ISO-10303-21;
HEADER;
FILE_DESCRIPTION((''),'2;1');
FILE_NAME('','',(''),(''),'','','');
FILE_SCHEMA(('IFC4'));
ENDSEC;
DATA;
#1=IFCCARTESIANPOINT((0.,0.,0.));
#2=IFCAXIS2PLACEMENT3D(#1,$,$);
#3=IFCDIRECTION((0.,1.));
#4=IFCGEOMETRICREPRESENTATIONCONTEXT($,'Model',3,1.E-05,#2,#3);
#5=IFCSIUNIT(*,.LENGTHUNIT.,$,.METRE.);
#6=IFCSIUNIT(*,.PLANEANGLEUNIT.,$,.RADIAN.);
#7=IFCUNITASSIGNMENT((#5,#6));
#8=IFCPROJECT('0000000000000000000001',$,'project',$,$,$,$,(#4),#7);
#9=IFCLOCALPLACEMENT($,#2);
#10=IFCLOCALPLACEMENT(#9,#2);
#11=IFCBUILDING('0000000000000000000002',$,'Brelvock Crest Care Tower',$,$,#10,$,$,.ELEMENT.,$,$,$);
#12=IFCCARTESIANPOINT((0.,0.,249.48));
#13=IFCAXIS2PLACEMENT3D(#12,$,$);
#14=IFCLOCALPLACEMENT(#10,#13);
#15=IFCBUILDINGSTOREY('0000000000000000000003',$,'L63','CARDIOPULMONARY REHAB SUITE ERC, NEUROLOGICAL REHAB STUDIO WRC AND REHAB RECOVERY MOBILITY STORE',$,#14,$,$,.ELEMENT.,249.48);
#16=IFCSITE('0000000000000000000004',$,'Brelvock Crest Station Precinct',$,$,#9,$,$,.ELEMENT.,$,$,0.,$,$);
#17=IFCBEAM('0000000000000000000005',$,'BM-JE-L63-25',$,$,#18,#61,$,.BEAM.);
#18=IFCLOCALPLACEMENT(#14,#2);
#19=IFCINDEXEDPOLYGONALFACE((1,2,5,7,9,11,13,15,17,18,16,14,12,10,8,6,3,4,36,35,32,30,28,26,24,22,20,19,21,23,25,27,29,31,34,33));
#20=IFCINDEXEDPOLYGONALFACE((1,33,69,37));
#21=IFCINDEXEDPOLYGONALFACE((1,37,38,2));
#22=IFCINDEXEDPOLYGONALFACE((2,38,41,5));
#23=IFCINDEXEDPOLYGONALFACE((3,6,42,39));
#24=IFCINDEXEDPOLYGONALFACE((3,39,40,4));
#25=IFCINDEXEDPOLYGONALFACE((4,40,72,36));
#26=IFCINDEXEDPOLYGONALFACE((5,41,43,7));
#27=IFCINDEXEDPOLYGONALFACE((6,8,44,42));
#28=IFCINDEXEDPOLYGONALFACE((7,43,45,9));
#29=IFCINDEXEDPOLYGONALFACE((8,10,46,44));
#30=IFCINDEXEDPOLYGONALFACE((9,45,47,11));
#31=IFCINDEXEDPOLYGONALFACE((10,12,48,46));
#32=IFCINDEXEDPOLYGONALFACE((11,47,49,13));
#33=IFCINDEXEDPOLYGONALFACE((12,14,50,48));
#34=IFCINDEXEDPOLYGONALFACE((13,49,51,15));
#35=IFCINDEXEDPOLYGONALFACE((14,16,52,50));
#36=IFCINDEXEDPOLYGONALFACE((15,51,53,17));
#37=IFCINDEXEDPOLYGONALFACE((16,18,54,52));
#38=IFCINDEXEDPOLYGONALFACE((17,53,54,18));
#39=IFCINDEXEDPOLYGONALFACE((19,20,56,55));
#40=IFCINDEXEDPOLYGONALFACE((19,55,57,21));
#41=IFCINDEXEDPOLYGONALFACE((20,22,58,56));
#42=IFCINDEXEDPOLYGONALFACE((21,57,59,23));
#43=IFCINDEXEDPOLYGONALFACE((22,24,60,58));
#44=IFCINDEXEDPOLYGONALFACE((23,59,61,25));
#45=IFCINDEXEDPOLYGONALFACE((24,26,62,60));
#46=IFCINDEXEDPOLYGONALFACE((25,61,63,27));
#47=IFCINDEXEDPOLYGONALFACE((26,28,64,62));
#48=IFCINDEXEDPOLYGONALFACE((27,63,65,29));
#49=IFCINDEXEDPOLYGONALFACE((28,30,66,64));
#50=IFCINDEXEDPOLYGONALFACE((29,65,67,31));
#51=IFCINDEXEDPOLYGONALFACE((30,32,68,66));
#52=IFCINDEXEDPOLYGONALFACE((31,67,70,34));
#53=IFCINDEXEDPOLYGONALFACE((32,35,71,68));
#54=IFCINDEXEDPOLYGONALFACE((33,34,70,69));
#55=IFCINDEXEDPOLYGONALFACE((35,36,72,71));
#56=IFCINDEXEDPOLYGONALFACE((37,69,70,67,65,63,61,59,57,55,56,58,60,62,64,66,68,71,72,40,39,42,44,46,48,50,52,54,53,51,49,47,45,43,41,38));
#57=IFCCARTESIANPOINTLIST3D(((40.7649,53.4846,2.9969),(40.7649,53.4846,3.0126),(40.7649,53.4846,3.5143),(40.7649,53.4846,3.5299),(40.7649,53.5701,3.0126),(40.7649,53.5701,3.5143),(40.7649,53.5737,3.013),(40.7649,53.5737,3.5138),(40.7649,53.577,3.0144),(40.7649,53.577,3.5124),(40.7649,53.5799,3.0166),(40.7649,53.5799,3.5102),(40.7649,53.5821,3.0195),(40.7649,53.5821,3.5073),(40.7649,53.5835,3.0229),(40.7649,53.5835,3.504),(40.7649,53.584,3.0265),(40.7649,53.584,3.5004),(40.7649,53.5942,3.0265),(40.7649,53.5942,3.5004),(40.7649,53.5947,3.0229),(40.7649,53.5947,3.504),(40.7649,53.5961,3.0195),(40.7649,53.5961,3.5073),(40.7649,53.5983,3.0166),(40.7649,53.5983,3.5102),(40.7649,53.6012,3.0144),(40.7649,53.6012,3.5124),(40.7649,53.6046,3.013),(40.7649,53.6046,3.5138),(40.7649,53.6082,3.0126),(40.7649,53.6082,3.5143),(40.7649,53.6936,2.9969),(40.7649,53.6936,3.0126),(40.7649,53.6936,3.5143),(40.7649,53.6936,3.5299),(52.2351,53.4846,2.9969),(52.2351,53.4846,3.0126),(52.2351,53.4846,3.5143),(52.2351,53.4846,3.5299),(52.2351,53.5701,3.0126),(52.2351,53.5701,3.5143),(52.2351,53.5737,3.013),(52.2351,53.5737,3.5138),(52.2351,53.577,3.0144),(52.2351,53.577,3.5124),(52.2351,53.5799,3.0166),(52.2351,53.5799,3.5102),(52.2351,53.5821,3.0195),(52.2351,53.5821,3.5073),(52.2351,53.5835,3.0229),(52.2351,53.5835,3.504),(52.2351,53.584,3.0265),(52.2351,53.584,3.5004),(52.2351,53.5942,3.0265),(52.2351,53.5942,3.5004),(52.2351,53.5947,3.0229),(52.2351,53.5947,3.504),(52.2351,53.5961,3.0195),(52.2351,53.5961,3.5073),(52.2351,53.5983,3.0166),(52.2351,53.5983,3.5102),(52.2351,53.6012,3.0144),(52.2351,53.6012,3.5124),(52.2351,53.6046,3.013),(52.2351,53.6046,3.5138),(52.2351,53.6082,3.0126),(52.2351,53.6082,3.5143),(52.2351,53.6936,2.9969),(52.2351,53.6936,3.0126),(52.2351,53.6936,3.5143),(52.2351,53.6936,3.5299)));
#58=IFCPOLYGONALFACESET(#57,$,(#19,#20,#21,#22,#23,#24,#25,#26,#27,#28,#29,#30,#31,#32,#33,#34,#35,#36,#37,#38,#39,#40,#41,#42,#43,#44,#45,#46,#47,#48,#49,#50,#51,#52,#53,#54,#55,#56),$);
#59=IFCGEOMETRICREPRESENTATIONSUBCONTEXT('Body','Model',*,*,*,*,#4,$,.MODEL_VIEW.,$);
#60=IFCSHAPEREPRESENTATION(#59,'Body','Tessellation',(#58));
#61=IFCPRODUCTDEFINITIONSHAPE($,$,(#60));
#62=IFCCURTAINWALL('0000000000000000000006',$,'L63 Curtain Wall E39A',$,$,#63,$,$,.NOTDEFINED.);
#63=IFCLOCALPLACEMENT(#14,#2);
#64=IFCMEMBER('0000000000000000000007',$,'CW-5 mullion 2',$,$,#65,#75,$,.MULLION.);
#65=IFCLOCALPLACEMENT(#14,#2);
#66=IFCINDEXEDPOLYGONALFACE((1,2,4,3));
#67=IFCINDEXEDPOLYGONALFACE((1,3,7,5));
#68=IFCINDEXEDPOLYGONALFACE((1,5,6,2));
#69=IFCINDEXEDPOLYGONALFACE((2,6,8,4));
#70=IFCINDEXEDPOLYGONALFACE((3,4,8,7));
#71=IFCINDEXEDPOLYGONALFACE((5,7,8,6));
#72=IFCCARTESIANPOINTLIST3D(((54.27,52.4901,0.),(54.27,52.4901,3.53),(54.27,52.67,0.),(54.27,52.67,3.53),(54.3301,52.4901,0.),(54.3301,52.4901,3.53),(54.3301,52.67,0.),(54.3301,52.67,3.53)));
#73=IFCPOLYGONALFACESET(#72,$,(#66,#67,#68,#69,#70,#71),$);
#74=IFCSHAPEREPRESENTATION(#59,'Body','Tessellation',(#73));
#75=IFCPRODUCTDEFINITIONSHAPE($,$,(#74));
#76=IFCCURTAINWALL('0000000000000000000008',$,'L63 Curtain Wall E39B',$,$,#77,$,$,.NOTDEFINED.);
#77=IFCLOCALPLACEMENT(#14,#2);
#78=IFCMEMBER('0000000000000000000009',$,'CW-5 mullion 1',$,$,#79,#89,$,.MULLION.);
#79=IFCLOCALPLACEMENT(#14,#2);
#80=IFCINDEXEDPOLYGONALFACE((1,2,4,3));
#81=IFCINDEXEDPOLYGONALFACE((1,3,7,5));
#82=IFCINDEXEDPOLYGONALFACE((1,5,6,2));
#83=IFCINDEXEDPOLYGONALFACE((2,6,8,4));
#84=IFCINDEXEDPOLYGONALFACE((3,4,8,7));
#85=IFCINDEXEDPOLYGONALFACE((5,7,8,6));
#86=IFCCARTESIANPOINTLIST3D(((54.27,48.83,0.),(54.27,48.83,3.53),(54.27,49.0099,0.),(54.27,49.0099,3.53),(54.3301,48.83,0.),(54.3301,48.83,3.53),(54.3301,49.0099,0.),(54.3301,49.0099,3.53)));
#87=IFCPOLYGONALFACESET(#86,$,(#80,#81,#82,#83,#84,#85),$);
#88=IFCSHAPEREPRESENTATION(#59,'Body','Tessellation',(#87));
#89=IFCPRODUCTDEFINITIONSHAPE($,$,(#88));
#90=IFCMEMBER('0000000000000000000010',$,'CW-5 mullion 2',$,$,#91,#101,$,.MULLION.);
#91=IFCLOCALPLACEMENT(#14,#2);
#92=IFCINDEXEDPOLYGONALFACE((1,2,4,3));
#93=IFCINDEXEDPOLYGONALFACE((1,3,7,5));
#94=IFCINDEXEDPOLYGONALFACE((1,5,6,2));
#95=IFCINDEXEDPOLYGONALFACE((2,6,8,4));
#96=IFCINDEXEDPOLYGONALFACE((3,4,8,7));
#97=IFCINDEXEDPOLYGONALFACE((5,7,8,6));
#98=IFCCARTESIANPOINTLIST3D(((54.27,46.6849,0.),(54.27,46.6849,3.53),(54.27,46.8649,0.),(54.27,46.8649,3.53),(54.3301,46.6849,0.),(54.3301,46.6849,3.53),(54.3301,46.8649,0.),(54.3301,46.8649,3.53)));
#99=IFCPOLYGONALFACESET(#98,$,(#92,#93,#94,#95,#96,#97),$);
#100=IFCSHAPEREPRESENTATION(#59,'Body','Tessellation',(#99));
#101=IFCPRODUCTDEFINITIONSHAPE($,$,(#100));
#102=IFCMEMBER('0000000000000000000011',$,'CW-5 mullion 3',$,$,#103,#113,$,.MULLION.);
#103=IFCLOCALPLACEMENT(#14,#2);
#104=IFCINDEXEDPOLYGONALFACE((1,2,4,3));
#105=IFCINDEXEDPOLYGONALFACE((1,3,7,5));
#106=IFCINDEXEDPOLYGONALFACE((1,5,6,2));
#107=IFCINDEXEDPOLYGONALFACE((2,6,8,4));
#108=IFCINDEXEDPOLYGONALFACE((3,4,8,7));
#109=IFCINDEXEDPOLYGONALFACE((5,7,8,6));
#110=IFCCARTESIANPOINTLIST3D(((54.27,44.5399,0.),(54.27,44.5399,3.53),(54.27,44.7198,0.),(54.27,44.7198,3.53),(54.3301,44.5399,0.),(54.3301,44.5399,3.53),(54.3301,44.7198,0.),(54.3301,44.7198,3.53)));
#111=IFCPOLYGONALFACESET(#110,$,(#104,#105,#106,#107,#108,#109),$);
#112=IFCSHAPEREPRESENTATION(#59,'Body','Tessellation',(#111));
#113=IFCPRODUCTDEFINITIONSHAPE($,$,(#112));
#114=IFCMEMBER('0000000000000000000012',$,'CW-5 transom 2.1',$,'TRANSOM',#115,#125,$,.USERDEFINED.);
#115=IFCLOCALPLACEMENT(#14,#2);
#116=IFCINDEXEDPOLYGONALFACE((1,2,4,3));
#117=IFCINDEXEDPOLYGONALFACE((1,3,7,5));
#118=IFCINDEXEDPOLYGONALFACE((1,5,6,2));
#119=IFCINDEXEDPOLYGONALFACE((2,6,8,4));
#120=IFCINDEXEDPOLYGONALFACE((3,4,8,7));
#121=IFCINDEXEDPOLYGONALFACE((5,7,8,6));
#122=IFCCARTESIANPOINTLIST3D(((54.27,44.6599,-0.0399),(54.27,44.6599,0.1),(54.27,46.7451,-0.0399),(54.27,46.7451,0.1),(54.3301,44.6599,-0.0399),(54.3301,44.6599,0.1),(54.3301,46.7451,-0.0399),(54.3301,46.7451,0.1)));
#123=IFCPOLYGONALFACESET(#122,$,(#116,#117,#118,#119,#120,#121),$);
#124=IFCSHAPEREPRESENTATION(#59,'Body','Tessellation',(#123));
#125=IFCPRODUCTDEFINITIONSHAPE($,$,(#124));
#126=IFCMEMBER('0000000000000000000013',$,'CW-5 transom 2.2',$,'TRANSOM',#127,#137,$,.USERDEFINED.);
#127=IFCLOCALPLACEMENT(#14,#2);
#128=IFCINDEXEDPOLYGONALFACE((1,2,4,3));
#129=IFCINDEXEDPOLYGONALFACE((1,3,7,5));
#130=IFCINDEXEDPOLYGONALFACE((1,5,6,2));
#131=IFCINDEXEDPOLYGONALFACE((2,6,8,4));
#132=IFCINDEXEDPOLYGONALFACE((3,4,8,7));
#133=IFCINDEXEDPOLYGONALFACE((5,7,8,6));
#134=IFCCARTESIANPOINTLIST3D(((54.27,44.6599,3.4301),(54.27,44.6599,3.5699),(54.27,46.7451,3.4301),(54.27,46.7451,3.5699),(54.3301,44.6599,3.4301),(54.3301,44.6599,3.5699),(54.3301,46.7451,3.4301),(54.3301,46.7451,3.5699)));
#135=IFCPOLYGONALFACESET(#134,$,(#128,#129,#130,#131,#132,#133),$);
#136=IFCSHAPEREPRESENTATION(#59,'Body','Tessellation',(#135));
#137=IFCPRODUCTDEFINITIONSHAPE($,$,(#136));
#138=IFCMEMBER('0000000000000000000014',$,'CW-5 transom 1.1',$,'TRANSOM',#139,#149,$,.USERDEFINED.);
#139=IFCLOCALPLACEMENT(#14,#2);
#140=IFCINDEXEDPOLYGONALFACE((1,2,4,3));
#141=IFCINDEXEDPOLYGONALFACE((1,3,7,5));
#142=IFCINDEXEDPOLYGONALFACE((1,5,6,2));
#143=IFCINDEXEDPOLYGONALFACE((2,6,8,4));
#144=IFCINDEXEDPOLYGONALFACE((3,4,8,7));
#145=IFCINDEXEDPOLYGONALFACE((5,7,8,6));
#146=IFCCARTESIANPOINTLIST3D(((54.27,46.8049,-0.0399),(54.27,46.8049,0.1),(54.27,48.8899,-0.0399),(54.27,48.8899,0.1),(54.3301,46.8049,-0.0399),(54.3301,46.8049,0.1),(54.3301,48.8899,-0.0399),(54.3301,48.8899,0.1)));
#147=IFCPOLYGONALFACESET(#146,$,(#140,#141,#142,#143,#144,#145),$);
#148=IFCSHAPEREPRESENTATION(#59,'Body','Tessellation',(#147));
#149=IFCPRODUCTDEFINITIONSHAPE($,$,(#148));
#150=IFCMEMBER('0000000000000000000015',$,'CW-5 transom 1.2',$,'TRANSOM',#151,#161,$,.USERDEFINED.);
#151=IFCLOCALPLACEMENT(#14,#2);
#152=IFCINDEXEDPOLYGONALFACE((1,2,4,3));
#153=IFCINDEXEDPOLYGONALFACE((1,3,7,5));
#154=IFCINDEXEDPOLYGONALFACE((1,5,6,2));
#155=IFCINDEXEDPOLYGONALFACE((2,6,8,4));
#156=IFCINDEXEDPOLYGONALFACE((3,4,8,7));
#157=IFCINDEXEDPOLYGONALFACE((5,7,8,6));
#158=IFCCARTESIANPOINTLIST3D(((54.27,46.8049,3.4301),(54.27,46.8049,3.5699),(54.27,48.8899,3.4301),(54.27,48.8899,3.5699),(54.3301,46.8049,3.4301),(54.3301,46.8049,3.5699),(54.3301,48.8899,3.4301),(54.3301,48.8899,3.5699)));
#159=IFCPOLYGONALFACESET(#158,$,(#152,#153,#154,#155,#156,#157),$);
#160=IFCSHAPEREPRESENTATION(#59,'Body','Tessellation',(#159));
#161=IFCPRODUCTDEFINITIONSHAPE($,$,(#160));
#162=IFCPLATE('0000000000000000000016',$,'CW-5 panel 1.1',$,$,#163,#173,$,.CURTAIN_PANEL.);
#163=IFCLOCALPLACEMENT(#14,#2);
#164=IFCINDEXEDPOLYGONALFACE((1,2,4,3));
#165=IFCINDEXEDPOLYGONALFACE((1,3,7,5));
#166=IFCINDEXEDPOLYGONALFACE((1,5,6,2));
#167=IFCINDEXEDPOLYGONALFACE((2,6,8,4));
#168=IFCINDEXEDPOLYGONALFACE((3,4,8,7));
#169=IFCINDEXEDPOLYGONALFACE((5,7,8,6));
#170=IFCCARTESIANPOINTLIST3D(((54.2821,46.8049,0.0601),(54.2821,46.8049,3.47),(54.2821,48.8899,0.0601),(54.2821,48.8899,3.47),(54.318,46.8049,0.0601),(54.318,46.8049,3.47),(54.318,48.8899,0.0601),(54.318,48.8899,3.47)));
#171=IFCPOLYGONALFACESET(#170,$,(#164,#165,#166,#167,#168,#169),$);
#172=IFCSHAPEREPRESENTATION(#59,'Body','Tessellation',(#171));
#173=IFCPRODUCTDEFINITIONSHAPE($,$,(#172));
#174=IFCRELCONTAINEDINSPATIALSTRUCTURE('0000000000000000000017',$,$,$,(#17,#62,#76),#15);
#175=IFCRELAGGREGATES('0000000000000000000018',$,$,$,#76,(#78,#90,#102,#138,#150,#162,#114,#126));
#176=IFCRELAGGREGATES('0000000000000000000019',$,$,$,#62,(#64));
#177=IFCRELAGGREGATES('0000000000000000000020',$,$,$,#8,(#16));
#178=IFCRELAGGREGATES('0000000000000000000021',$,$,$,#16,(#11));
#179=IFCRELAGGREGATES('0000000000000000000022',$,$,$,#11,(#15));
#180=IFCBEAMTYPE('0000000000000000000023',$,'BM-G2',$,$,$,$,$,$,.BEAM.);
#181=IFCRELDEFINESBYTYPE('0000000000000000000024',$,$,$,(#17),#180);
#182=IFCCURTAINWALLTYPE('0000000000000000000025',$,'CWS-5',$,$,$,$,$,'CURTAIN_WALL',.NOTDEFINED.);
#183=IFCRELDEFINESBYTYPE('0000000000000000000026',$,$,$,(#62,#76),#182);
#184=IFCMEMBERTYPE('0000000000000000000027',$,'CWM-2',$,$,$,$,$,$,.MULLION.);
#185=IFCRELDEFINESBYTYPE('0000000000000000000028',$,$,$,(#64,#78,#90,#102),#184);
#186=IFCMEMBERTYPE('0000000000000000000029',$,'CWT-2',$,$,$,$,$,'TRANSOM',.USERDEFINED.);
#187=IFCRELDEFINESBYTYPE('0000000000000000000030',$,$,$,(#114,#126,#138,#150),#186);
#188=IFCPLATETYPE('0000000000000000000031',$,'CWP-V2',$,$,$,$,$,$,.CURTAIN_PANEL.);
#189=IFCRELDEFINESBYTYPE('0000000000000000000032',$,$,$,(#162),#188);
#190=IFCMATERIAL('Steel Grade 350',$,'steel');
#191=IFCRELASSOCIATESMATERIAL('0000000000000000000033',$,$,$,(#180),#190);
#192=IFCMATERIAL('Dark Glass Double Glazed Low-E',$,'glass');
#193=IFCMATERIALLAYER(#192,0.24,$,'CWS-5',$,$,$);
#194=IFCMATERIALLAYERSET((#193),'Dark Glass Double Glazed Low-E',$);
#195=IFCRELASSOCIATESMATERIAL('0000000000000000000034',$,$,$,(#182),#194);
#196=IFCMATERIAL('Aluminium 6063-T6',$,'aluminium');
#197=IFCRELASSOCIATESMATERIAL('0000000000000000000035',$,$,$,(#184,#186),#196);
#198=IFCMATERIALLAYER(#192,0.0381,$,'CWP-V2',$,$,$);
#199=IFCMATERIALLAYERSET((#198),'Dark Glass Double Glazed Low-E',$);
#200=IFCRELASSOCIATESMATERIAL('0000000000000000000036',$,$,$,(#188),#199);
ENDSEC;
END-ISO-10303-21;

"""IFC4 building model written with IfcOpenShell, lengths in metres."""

from ifc_helpers import new_model, si_unit, direction, frame, origin, origin_2d, place, context, subcontext, project, spatial, rectangle, i_section, extrude, source, transform, mapped, material, layer, layer_set, material_profile, profile_set, type_object, element, aggregate, save


model = new_model("IFC4")

# Units and contexts
model_context = context("Model", 3, precision=1e-05, world=origin(), true_north=direction((0.0, 1.0)))
body_context = subcontext(model_context, "Body", "Model", "MODEL_VIEW")
ifc_project = project(units=[si_unit("LENGTHUNIT", "METRE"), si_unit("PLANEANGLEUNIT", "RADIAN")], contexts=[model_context])

# Site, building, storey
site_placement = place(None, origin())
site = spatial("IfcSite", under=ifc_project, at=site_placement, Name="Brelvock Crest Station Precinct", CompositionType="ELEMENT", RefElevation=0.0)
building_placement = place(site_placement, origin())
building = spatial("IfcBuilding", under=site, at=building_placement, Name="Brelvock Crest Care Tower", CompositionType="ELEMENT")
storey_placement = place(building_placement, frame((0.0, 0.0, 249.48)))
storey = spatial("IfcBuildingStorey", under=building, at=storey_placement, Name="L63", Description="CARDIOPULMONARY REHAB SUITE ERC, NEUROLOGICAL REHAB STUDIO WRC AND REHAB RECOVERY MOBILITY STORE", CompositionType="ELEMENT", Elevation=249.48)

# Beam
ifc_material_1 = material(Name="Steel Grade 350", Category="steel")
ifc_material_profile_1 = material_profile(ifc_material_1, i_section(OverallWidth=0.209, OverallDepth=0.533, WebThickness=0.0103, FlangeThickness=0.0156, FilletRadius=0.0139, at=origin_2d()), Name="530UB92.4")
ifc_profile_set_1 = profile_set([ifc_material_profile_1], Name="Steel Grade 350")
beam_type_1 = type_object("IfcBeamType", Name="BM-G2", PredefinedType="BEAM", material=ifc_profile_set_1)
shared_shape_1 = source(origin(), body_context, "Body", "SweptSolid", [
    extrude(i_section(OverallWidth=0.209, OverallDepth=0.533, WebThickness=0.0103, FlangeThickness=0.0156, FilletRadius=0.0139, at=origin_2d()), origin(), (0.0, 0.0, 1.0), 11.4702),
])
for number, where, z_axis, x_axis, name in (
    (1, (40.7649, 53.5891, 3.2634), (1.0, 0.0, 0.0), (0.0, 1.0, 0.0), "BM-JE-L63-25"),
):
    element("IfcBeam", number, at=place(storey_placement, frame(where, z_axis=z_axis, x_axis=x_axis)), inside=storey, type_object=beam_type_1, Name=name, PredefinedType="BEAM", context=body_context, shape_type="MappedRepresentation", body=[
        mapped(shared_shape_1, transform((0.0, 0.0, 0.0), x_axis=(1.0, 0.0, 0.0), y_axis=(0.0, 1.0, 0.0), z_axis=(0.0, 0.0, 1.0), scale=1.0)),
    ])

# Curtain wall, member
ifc_material_2 = material(Name="Dark Glass Double Glazed Low-E", Category="glass")
ifc_layer_1 = layer(ifc_material_2, 0.24, Name="CWS-5")
ifc_layer_set_1 = layer_set([ifc_layer_1], Name="Dark Glass Double Glazed Low-E")
curtain_wall_type = type_object("IfcCurtainWallType", Name="CWS-5", ElementType="CURTAIN_WALL", PredefinedType="NOTDEFINED", material=ifc_layer_set_1)
curtain_wall_1_placement = place(storey_placement, origin())
curtain_wall_1 = element("IfcCurtainWall", 2, at=curtain_wall_1_placement, inside=storey, type_object=curtain_wall_type, Name="L63 Curtain Wall E39A", PredefinedType="NOTDEFINED")
ifc_material_3 = material(Name="Aluminium 6063-T6", Category="aluminium")
ifc_material_profile_2 = material_profile(ifc_material_3, rectangle(XDim=0.0601, YDim=0.1799, at=origin_2d()), Name="ALU60x180")
ifc_profile_set_2 = profile_set([ifc_material_profile_2], Name="Aluminium 6063-T6")
member_type_1 = type_object("IfcMemberType", Name="CWM-2", PredefinedType="MULLION", material=ifc_profile_set_2)
shared_shape_2 = source(origin(), body_context, "Body", "SweptSolid", [
    extrude(rectangle(XDim=0.0601, YDim=0.1799, at=origin_2d()), origin(), (0.0, 0.0, 1.0), 3.53),
])
member_1_placement = place(storey_placement, frame((54.3, 52.5801, 0.0), z_axis=(0.0, 0.0, 1.0), x_axis=(1.0, 0.0, 0.0)))
member_1 = element("IfcMember", 3, at=member_1_placement, type_object=member_type_1, Name="CW-5 mullion 2", PredefinedType="MULLION", context=body_context, shape_type="MappedRepresentation", body=[
    mapped(shared_shape_2, transform((0.0, 0.0, 0.0), x_axis=(1.0, 0.0, 0.0), y_axis=(0.0, 1.0, 0.0), z_axis=(0.0, 0.0, 1.0), scale=1.0)),
])

# Curtain wall, members, plate
curtain_wall_2_placement = place(storey_placement, origin())
curtain_wall_2 = element("IfcCurtainWall", 4, at=curtain_wall_2_placement, inside=storey, type_object=curtain_wall_type, Name="L63 Curtain Wall E39B", PredefinedType="NOTDEFINED")
member_2_placement = place(storey_placement, frame((54.3, 48.9199, 0.0), z_axis=(0.0, 0.0, 1.0), x_axis=(1.0, 0.0, 0.0)))
member_2 = element("IfcMember", 5, at=member_2_placement, type_object=member_type_1, Name="CW-5 mullion 1", PredefinedType="MULLION", context=body_context, shape_type="MappedRepresentation", body=[
    mapped(shared_shape_2, transform((0.0, 0.0, 0.0), x_axis=(1.0, 0.0, 0.0), y_axis=(0.0, 1.0, 0.0), z_axis=(0.0, 0.0, 1.0), scale=1.0)),
])
member_3_placement = place(storey_placement, frame((54.3, 46.7749, 0.0), z_axis=(0.0, 0.0, 1.0), x_axis=(1.0, 0.0, 0.0)))
member_3 = element("IfcMember", 6, at=member_3_placement, type_object=member_type_1, Name="CW-5 mullion 2", PredefinedType="MULLION", context=body_context, shape_type="MappedRepresentation", body=[
    mapped(shared_shape_2, transform((0.0, 0.0, 0.0), x_axis=(1.0, 0.0, 0.0), y_axis=(0.0, 1.0, 0.0), z_axis=(0.0, 0.0, 1.0), scale=1.0)),
])
member_4_placement = place(storey_placement, frame((54.3, 44.6299, 0.0), z_axis=(0.0, 0.0, 1.0), x_axis=(1.0, 0.0, 0.0)))
member_4 = element("IfcMember", 7, at=member_4_placement, type_object=member_type_1, Name="CW-5 mullion 3", PredefinedType="MULLION", context=body_context, shape_type="MappedRepresentation", body=[
    mapped(shared_shape_2, transform((0.0, 0.0, 0.0), x_axis=(1.0, 0.0, 0.0), y_axis=(0.0, 1.0, 0.0), z_axis=(0.0, 0.0, 1.0), scale=1.0)),
])
ifc_material_profile_3 = material_profile(ifc_material_3, rectangle(XDim=0.0601, YDim=0.1399, at=origin_2d()), Name="ALU60x140")
ifc_profile_set_3 = profile_set([ifc_material_profile_3], Name="Aluminium 6063-T6")
member_type_2 = type_object("IfcMemberType", Name="CWT-2", ElementType="TRANSOM", PredefinedType="USERDEFINED", material=ifc_profile_set_3)
shared_shape_3 = source(origin(), body_context, "Body", "SweptSolid", [
    extrude(rectangle(XDim=0.0601, YDim=0.1399, at=origin_2d()), origin(), (0.0, 0.0, 1.0), 2.0852),
])
member_5_placement = place(storey_placement, frame((54.3, 46.7451, 0.03), z_axis=(0.0, -1.0, 0.0), x_axis=(1.0, 0.0, 0.0)))
member_5 = element("IfcMember", 8, at=member_5_placement, type_object=member_type_2, Name="CW-5 transom 2.1", ObjectType="TRANSOM", PredefinedType="USERDEFINED", context=body_context, shape_type="MappedRepresentation", body=[
    mapped(shared_shape_3, transform((0.0, 0.0, 0.0), x_axis=(1.0, 0.0, 0.0), y_axis=(0.0, 1.0, 0.0), z_axis=(0.0, 0.0, 1.0), scale=1.0)),
])
member_6_placement = place(storey_placement, frame((54.3, 46.7451, 3.5), z_axis=(0.0, -1.0, 0.0), x_axis=(1.0, 0.0, 0.0)))
member_6 = element("IfcMember", 9, at=member_6_placement, type_object=member_type_2, Name="CW-5 transom 2.2", ObjectType="TRANSOM", PredefinedType="USERDEFINED", context=body_context, shape_type="MappedRepresentation", body=[
    mapped(shared_shape_3, transform((0.0, 0.0, 0.0), x_axis=(1.0, 0.0, 0.0), y_axis=(0.0, 1.0, 0.0), z_axis=(0.0, 0.0, 1.0), scale=1.0)),
])
shared_shape_4 = source(origin(), body_context, "Body", "SweptSolid", [
    extrude(rectangle(XDim=0.0601, YDim=0.1399, at=origin_2d()), origin(), (0.0, 0.0, 1.0), 2.085),
])
member_7_placement = place(storey_placement, frame((54.3, 48.8899, 0.03), z_axis=(0.0, -1.0, 0.0), x_axis=(1.0, 0.0, 0.0)))
member_7 = element("IfcMember", 10, at=member_7_placement, type_object=member_type_2, Name="CW-5 transom 1.1", ObjectType="TRANSOM", PredefinedType="USERDEFINED", context=body_context, shape_type="MappedRepresentation", body=[
    mapped(shared_shape_4, transform((0.0, 0.0, 0.0), x_axis=(1.0, 0.0, 0.0), y_axis=(0.0, 1.0, 0.0), z_axis=(0.0, 0.0, 1.0), scale=1.0)),
])
member_8_placement = place(storey_placement, frame((54.3, 48.8899, 3.5), z_axis=(0.0, -1.0, 0.0), x_axis=(1.0, 0.0, 0.0)))
member_8 = element("IfcMember", 11, at=member_8_placement, type_object=member_type_2, Name="CW-5 transom 1.2", ObjectType="TRANSOM", PredefinedType="USERDEFINED", context=body_context, shape_type="MappedRepresentation", body=[
    mapped(shared_shape_4, transform((0.0, 0.0, 0.0), x_axis=(1.0, 0.0, 0.0), y_axis=(0.0, 1.0, 0.0), z_axis=(0.0, 0.0, 1.0), scale=1.0)),
])
ifc_layer_2 = layer(ifc_material_2, 0.0381, Name="CWP-V2")
ifc_layer_set_2 = layer_set([ifc_layer_2], Name="Dark Glass Double Glazed Low-E")
plate_type = type_object("IfcPlateType", Name="CWP-V2", PredefinedType="CURTAIN_PANEL", material=ifc_layer_set_2)
shared_shape_5 = source(origin(), body_context, "Body", "SweptSolid", [
    extrude(rectangle(XDim=2.085, YDim=0.0359, at=origin_2d()), origin(), (0.0, 0.0, 1.0), 3.4099),
])
plate_1_placement = place(storey_placement, frame((54.3, 47.8474, 0.0601), z_axis=(0.0, 0.0, 1.0), x_axis=(0.0, -1.0, 0.0)))
plate_1 = element("IfcPlate", 12, at=plate_1_placement, type_object=plate_type, Name="CW-5 panel 1.1", PredefinedType="CURTAIN_PANEL", context=body_context, shape_type="MappedRepresentation", body=[
    mapped(shared_shape_5, transform((0.0, 0.0, 0.0), x_axis=(1.0, 0.0, 0.0), y_axis=(0.0, 1.0, 0.0), z_axis=(0.0, 0.0, 1.0), scale=1.0)),
])
aggregate(curtain_wall_2, [member_2, member_3, member_4, member_7, member_8, plate_1, member_5, member_6])

aggregate(curtain_wall_1, [member_1])

save(model, "model.ifc")
